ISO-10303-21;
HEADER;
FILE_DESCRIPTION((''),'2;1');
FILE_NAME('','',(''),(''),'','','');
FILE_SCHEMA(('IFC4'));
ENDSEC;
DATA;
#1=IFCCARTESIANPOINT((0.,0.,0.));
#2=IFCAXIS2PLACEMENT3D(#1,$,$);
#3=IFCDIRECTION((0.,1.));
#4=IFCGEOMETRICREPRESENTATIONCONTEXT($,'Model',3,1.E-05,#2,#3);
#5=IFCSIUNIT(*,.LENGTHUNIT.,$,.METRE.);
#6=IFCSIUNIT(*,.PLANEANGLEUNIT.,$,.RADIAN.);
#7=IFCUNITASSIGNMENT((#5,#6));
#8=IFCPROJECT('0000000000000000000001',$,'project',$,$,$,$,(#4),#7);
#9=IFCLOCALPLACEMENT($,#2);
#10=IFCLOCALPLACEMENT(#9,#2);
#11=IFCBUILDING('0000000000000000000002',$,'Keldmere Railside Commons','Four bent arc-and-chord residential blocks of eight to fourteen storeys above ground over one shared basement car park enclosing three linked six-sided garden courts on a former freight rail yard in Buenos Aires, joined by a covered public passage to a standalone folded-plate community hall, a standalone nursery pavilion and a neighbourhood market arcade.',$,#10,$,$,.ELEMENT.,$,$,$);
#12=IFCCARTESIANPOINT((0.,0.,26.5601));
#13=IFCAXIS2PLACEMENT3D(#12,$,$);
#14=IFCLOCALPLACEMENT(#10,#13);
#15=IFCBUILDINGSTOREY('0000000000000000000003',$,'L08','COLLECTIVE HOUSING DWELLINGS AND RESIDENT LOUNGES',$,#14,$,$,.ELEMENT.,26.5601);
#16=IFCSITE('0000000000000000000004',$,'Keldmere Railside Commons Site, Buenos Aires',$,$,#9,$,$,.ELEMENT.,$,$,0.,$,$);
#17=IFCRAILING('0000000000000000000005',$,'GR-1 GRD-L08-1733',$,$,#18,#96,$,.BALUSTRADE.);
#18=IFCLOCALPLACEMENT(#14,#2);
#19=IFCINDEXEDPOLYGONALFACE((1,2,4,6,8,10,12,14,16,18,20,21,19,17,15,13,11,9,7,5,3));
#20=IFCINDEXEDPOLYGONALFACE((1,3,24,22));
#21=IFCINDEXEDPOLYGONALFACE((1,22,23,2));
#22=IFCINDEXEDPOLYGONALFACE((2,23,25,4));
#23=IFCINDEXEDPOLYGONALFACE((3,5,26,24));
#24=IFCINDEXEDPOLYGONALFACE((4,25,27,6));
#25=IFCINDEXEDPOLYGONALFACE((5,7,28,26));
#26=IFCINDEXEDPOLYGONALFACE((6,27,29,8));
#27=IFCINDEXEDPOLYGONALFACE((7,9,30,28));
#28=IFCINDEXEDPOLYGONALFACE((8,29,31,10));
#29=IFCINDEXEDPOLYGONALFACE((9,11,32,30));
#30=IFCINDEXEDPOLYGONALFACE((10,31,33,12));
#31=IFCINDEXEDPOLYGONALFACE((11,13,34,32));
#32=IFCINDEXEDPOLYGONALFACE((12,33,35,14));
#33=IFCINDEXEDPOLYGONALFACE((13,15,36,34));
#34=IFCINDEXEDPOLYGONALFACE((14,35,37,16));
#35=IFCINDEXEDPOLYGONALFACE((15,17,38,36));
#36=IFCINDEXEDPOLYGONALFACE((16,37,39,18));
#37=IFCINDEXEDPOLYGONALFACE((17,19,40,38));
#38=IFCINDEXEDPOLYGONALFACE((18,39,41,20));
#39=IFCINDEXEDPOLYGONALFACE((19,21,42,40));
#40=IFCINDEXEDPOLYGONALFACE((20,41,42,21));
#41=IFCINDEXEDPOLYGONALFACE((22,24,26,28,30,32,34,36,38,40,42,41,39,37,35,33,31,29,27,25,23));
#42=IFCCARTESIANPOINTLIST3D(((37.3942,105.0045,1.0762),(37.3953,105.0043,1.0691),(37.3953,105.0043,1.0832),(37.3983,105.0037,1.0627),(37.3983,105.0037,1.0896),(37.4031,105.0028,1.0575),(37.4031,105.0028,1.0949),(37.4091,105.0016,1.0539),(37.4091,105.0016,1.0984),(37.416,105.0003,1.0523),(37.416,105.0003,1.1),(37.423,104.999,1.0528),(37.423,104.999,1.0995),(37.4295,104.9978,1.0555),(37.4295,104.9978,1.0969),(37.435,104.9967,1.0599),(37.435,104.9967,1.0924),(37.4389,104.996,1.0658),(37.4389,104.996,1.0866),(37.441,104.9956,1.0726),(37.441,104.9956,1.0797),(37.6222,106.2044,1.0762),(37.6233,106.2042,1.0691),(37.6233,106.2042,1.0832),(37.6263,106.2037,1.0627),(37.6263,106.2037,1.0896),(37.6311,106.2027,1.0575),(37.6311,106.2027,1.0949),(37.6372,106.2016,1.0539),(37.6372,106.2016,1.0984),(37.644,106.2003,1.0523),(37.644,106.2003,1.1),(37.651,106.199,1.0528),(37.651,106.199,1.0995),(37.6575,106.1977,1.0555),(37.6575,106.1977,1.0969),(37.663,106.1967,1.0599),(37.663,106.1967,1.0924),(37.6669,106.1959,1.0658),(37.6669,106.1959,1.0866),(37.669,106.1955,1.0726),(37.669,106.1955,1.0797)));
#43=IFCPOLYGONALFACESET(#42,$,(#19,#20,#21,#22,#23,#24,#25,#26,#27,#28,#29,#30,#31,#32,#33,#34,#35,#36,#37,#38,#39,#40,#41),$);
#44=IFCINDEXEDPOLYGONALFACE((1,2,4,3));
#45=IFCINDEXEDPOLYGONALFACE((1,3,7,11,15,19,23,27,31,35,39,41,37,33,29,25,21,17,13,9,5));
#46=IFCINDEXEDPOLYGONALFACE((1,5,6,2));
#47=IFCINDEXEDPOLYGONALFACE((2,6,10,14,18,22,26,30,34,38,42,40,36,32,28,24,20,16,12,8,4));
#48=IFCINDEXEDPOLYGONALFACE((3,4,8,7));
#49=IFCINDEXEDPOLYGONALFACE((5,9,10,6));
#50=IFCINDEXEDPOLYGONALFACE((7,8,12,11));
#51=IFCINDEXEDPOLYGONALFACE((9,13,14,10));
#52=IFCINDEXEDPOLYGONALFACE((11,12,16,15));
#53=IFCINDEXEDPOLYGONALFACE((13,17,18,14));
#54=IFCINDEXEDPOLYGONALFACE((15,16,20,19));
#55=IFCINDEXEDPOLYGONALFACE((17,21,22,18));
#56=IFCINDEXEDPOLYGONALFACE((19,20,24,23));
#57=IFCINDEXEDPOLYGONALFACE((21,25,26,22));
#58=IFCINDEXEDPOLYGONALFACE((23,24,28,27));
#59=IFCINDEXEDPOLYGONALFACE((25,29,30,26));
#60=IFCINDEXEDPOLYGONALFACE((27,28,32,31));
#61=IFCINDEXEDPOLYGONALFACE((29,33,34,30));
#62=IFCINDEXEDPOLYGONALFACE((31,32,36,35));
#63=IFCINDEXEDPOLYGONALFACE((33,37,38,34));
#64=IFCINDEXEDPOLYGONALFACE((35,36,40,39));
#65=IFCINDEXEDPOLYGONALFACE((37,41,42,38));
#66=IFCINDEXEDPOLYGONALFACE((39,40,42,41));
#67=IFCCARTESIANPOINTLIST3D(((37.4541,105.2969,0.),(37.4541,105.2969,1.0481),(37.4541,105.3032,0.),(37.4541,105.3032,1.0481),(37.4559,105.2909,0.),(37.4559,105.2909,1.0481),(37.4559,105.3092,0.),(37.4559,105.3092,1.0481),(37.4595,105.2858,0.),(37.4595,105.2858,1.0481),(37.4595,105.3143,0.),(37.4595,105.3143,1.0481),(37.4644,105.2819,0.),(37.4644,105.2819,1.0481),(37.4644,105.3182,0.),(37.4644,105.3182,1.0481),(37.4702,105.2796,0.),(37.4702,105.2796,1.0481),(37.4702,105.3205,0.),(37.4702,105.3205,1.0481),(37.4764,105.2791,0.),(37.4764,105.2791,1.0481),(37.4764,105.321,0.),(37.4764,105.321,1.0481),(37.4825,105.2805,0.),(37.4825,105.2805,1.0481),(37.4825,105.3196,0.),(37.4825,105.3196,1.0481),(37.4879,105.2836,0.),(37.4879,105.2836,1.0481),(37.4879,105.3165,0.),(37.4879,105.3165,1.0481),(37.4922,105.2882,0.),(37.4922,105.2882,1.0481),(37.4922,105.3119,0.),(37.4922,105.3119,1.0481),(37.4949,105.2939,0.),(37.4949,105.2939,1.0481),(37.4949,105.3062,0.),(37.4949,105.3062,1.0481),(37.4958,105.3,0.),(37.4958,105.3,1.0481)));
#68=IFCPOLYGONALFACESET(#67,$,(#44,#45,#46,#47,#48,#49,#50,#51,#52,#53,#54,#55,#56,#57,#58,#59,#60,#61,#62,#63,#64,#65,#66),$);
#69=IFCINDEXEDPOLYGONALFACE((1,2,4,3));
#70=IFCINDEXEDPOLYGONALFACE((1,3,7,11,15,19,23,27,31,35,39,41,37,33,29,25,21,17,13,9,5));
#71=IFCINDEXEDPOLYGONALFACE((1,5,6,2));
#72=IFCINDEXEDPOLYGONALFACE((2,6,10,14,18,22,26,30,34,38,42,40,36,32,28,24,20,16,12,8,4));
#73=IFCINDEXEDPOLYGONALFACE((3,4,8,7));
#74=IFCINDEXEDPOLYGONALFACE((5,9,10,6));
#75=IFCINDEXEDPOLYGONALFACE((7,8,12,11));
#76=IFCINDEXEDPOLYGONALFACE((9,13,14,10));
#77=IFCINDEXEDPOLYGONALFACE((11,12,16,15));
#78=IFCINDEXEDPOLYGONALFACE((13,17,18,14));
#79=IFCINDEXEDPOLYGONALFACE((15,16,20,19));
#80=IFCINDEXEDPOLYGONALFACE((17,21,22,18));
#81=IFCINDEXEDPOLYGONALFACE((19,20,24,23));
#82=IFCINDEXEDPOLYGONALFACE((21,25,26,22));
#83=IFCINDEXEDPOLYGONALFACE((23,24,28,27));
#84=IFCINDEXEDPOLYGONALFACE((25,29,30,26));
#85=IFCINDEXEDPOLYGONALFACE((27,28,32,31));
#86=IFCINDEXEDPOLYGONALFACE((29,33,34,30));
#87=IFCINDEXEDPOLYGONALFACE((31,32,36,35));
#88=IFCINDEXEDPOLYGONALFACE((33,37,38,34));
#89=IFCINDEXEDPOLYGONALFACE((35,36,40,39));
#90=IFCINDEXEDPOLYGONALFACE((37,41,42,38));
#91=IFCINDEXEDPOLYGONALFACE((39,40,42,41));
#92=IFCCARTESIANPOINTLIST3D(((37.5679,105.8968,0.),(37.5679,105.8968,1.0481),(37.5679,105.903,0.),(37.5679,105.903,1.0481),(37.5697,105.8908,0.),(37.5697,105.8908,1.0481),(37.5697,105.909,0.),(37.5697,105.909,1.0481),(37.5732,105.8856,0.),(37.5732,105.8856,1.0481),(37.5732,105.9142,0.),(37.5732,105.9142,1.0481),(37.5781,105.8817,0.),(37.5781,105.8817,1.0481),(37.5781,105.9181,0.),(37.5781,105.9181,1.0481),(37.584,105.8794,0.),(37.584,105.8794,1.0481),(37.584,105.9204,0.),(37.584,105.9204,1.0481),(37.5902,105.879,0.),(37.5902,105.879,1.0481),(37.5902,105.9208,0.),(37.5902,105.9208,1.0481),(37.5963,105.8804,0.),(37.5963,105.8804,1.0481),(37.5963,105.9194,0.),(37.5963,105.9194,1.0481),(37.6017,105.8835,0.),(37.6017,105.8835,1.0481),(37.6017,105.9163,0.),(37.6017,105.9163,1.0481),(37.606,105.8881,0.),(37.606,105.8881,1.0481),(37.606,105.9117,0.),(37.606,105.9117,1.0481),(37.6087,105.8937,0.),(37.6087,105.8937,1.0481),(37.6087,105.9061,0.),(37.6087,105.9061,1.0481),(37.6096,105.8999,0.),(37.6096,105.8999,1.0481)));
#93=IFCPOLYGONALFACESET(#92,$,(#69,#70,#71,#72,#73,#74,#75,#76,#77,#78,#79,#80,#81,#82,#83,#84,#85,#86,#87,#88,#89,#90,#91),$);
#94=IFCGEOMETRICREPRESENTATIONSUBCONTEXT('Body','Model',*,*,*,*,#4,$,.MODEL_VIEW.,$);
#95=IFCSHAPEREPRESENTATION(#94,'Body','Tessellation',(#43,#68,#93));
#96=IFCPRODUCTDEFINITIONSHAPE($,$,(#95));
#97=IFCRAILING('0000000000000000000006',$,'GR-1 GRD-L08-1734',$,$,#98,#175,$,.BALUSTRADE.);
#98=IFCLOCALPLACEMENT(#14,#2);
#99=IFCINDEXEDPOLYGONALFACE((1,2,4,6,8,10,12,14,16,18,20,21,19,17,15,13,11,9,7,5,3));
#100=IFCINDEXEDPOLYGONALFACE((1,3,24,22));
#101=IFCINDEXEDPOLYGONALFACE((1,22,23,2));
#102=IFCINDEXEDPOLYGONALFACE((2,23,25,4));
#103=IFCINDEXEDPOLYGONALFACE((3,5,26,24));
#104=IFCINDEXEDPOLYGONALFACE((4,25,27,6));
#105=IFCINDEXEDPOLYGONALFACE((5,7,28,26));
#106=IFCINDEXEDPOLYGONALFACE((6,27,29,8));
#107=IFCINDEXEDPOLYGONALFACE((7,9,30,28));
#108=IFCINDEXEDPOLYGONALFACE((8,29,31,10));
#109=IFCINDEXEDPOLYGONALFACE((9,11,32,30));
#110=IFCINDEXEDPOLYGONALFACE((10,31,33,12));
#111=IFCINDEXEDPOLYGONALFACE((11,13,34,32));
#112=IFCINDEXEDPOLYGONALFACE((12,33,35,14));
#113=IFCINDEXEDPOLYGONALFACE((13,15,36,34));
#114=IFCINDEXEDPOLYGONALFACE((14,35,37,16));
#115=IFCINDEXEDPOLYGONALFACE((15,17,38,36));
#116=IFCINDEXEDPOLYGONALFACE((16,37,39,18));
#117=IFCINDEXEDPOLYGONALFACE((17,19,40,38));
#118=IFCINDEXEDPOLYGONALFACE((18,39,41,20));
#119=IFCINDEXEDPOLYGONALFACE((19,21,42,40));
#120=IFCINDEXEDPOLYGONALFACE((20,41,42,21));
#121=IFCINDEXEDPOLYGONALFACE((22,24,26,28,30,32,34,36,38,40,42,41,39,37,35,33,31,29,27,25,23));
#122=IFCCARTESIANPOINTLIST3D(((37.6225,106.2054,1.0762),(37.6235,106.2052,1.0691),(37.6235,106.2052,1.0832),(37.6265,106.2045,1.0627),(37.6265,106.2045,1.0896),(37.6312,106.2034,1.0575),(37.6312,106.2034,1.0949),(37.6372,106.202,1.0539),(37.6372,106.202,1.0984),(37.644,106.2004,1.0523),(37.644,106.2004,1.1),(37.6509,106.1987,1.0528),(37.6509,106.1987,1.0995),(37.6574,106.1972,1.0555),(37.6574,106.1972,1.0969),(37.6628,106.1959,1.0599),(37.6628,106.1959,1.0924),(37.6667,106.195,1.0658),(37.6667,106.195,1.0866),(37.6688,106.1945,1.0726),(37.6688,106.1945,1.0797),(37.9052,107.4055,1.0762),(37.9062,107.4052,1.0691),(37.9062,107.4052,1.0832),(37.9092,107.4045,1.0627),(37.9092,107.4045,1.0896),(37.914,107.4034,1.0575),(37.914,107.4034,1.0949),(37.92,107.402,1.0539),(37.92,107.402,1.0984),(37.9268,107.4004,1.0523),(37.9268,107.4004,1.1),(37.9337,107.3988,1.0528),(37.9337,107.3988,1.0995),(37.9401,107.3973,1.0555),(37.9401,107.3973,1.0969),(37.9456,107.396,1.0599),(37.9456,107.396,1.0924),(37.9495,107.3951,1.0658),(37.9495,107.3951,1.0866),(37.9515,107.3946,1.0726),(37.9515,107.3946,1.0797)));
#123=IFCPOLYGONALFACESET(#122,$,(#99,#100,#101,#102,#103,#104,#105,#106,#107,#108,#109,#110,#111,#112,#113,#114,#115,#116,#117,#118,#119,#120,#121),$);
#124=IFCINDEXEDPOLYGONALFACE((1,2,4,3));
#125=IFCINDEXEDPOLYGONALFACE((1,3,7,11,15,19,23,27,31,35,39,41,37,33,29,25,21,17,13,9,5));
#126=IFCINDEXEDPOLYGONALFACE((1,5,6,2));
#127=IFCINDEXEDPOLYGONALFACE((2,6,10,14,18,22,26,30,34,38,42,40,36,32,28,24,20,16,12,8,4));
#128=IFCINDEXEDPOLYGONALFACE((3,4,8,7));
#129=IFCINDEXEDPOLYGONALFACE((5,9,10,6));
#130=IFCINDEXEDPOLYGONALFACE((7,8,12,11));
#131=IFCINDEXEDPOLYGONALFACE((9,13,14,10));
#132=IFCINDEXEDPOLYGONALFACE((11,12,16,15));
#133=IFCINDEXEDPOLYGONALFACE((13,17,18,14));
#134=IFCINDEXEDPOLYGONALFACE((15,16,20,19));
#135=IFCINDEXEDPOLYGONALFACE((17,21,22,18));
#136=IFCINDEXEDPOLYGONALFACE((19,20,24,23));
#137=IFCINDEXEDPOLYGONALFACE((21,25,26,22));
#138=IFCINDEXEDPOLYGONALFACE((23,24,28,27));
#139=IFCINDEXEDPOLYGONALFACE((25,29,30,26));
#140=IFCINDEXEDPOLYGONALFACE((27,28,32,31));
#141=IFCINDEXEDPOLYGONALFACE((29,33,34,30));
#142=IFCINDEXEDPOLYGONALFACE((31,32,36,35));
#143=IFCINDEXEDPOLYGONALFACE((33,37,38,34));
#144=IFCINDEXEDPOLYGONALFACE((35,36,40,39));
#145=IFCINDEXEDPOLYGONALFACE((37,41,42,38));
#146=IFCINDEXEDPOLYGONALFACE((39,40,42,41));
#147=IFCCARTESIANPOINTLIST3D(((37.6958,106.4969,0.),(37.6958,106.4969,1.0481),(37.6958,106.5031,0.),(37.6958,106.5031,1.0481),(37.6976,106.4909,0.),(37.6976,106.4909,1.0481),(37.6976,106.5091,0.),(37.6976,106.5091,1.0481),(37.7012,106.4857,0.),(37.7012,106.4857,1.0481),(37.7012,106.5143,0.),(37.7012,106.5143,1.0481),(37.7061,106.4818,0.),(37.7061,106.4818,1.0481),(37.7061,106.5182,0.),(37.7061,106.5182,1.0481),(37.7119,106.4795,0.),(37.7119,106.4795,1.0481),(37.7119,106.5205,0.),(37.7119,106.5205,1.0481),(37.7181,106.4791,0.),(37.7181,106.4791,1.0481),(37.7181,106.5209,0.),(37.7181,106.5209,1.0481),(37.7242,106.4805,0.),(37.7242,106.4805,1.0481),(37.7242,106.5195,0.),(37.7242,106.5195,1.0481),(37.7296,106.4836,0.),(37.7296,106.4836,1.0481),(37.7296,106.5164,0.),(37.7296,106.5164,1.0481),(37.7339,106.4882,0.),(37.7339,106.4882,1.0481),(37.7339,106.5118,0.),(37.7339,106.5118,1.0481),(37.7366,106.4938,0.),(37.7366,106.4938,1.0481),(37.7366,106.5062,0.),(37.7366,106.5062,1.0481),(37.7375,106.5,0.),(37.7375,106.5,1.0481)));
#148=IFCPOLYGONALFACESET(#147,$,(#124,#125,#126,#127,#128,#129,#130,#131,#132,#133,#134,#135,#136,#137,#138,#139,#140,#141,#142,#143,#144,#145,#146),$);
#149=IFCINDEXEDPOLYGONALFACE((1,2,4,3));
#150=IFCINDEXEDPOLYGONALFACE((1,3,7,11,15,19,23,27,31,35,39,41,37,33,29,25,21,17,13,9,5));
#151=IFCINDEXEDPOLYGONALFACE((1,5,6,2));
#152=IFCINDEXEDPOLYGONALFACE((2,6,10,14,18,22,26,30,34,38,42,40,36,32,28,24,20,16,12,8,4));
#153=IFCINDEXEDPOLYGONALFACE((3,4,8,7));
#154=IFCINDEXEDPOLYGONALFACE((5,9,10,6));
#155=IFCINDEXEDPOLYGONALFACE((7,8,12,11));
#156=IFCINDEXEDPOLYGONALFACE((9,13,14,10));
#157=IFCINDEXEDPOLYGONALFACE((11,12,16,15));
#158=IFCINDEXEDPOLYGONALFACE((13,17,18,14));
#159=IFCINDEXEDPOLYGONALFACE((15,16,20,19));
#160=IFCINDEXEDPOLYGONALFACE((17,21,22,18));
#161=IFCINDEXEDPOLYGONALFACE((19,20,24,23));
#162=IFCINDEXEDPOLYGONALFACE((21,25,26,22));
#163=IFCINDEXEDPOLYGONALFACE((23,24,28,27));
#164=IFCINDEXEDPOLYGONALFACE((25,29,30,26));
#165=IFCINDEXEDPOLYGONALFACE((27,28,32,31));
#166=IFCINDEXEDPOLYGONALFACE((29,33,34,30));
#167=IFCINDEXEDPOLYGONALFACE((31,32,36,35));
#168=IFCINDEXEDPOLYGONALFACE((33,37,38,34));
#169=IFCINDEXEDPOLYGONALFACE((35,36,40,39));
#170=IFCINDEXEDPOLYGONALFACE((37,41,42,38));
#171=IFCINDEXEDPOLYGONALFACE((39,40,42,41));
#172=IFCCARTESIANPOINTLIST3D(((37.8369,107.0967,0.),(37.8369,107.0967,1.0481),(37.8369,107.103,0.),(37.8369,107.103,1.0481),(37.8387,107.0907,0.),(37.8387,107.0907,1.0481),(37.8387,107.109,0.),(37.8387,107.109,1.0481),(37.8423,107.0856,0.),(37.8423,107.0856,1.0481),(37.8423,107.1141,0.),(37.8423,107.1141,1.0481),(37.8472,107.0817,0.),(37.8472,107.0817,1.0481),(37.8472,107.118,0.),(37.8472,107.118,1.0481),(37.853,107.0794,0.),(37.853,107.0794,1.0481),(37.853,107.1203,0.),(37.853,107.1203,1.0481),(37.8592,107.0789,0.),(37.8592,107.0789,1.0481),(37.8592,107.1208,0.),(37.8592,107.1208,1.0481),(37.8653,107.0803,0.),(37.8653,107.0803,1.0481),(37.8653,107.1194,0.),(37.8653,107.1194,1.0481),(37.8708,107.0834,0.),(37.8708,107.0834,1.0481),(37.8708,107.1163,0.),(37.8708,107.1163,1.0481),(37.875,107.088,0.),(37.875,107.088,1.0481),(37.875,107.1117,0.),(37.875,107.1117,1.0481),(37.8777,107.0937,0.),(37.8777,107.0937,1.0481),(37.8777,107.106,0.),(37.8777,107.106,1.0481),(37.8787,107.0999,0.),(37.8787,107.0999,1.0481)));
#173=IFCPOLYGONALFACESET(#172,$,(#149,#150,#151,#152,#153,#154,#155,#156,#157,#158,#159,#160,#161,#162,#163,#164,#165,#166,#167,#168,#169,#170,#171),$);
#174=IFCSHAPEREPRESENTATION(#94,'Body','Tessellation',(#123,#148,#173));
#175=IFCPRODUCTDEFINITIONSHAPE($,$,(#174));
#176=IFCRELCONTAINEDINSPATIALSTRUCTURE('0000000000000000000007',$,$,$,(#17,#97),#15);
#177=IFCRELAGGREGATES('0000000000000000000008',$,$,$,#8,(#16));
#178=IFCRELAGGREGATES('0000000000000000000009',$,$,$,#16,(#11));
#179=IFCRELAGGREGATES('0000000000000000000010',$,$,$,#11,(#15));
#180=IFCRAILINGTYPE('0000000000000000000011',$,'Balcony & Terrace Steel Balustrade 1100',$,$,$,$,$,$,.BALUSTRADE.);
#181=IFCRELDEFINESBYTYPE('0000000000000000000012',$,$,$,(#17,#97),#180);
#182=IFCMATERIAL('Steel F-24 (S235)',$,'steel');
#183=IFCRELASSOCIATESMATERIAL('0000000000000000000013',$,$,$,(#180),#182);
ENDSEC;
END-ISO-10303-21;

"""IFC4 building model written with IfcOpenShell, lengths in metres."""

from ifc_helpers import new_model, si_unit, direction, frame, origin, origin_2d, place, context, subcontext, project, spatial, circle, extrude, material, type_object, element, save


model = new_model("IFC4")

# Units and contexts
model_context = context("Model", 3, precision=1e-05, world=origin(), true_north=direction((0.0, 1.0)))
body_context = subcontext(model_context, "Body", "Model", "MODEL_VIEW")
ifc_project = project(units=[si_unit("LENGTHUNIT", "METRE"), si_unit("PLANEANGLEUNIT", "RADIAN")], contexts=[model_context])

# Site, building, storey
site_placement = place(None, origin())
site = spatial("IfcSite", under=ifc_project, at=site_placement, Name="Keldmere Railside Commons Site, Buenos Aires", CompositionType="ELEMENT", RefElevation=0.0)
building_placement = place(site_placement, origin())
building = spatial("IfcBuilding", under=site, at=building_placement, Name="Keldmere Railside Commons", Description="Four bent arc-and-chord residential blocks of eight to fourteen storeys above ground over one shared basement car park enclosing three linked six-sided garden courts on a former freight rail yard in Buenos Aires, joined by a covered public passage to a standalone folded-plate community hall, a standalone nursery pavilion and a neighbourhood market arcade.", CompositionType="ELEMENT")
storey_placement = place(building_placement, frame((0.0, 0.0, 26.5601)))
storey = spatial("IfcBuildingStorey", under=building, at=storey_placement, Name="L08", Description="COLLECTIVE HOUSING DWELLINGS AND RESIDENT LOUNGES", CompositionType="ELEMENT", Elevation=26.5601)

# Railings
ifc_material_1 = material(Name="Steel F-24 (S235)", Category="steel")
railing_type = type_object("IfcRailingType", Name="Balcony & Terrace Steel Balustrade 1100", PredefinedType="BALUSTRADE", material=ifc_material_1)
railing_1_placement = place(storey_placement, frame((37.4177, 105.0, 0.0)))
element("IfcRailing", 1, at=railing_1_placement, inside=storey, type_object=railing_type, Name="GR-1 GRD-L08-1733", PredefinedType="BALUSTRADE", context=body_context, shape_type="SweptSolid", body=[
    extrude(circle(Radius=0.0239, at=origin_2d()), frame((0.0, 0.0, 1.0762), z_axis=(0.18669, 0.982419, 0.0), x_axis=(-0.982419, 0.18669, 0.0)), (0.0, 0.0, 1.0), 1.2214),
    extrude(circle(Radius=0.021, at=origin_2d()), frame((0.0571, 0.3, 0.0)), (0.0, 0.0, 1.0), 1.0481),
    extrude(circle(Radius=0.021, at=origin_2d()), frame((0.1709, 0.8999, 0.0)), (0.0, 0.0, 1.0), 1.0481),
])
railing_2_placement = place(storey_placement, frame((37.6458, 106.2, 0.0)))
element("IfcRailing", 2, at=railing_2_placement, inside=storey, type_object=railing_type, Name="GR-1 GRD-L08-1734", PredefinedType="BALUSTRADE", context=body_context, shape_type="SweptSolid", body=[
    extrude(circle(Radius=0.0239, at=origin_2d()), frame((0.0, 0.0, 1.0762), z_axis=(0.229326, 0.97335, 0.0), x_axis=(-0.97335, 0.229326, 0.0)), (0.0, 0.0, 1.0), 1.2329),
    extrude(circle(Radius=0.021, at=origin_2d()), frame((0.0708, 0.3, 0.0)), (0.0, 0.0, 1.0), 1.0481),
    extrude(circle(Radius=0.021, at=origin_2d()), frame((0.2119, 0.8999, 0.0)), (0.0, 0.0, 1.0), 1.0481),
])

save(model, "model.ifc")
